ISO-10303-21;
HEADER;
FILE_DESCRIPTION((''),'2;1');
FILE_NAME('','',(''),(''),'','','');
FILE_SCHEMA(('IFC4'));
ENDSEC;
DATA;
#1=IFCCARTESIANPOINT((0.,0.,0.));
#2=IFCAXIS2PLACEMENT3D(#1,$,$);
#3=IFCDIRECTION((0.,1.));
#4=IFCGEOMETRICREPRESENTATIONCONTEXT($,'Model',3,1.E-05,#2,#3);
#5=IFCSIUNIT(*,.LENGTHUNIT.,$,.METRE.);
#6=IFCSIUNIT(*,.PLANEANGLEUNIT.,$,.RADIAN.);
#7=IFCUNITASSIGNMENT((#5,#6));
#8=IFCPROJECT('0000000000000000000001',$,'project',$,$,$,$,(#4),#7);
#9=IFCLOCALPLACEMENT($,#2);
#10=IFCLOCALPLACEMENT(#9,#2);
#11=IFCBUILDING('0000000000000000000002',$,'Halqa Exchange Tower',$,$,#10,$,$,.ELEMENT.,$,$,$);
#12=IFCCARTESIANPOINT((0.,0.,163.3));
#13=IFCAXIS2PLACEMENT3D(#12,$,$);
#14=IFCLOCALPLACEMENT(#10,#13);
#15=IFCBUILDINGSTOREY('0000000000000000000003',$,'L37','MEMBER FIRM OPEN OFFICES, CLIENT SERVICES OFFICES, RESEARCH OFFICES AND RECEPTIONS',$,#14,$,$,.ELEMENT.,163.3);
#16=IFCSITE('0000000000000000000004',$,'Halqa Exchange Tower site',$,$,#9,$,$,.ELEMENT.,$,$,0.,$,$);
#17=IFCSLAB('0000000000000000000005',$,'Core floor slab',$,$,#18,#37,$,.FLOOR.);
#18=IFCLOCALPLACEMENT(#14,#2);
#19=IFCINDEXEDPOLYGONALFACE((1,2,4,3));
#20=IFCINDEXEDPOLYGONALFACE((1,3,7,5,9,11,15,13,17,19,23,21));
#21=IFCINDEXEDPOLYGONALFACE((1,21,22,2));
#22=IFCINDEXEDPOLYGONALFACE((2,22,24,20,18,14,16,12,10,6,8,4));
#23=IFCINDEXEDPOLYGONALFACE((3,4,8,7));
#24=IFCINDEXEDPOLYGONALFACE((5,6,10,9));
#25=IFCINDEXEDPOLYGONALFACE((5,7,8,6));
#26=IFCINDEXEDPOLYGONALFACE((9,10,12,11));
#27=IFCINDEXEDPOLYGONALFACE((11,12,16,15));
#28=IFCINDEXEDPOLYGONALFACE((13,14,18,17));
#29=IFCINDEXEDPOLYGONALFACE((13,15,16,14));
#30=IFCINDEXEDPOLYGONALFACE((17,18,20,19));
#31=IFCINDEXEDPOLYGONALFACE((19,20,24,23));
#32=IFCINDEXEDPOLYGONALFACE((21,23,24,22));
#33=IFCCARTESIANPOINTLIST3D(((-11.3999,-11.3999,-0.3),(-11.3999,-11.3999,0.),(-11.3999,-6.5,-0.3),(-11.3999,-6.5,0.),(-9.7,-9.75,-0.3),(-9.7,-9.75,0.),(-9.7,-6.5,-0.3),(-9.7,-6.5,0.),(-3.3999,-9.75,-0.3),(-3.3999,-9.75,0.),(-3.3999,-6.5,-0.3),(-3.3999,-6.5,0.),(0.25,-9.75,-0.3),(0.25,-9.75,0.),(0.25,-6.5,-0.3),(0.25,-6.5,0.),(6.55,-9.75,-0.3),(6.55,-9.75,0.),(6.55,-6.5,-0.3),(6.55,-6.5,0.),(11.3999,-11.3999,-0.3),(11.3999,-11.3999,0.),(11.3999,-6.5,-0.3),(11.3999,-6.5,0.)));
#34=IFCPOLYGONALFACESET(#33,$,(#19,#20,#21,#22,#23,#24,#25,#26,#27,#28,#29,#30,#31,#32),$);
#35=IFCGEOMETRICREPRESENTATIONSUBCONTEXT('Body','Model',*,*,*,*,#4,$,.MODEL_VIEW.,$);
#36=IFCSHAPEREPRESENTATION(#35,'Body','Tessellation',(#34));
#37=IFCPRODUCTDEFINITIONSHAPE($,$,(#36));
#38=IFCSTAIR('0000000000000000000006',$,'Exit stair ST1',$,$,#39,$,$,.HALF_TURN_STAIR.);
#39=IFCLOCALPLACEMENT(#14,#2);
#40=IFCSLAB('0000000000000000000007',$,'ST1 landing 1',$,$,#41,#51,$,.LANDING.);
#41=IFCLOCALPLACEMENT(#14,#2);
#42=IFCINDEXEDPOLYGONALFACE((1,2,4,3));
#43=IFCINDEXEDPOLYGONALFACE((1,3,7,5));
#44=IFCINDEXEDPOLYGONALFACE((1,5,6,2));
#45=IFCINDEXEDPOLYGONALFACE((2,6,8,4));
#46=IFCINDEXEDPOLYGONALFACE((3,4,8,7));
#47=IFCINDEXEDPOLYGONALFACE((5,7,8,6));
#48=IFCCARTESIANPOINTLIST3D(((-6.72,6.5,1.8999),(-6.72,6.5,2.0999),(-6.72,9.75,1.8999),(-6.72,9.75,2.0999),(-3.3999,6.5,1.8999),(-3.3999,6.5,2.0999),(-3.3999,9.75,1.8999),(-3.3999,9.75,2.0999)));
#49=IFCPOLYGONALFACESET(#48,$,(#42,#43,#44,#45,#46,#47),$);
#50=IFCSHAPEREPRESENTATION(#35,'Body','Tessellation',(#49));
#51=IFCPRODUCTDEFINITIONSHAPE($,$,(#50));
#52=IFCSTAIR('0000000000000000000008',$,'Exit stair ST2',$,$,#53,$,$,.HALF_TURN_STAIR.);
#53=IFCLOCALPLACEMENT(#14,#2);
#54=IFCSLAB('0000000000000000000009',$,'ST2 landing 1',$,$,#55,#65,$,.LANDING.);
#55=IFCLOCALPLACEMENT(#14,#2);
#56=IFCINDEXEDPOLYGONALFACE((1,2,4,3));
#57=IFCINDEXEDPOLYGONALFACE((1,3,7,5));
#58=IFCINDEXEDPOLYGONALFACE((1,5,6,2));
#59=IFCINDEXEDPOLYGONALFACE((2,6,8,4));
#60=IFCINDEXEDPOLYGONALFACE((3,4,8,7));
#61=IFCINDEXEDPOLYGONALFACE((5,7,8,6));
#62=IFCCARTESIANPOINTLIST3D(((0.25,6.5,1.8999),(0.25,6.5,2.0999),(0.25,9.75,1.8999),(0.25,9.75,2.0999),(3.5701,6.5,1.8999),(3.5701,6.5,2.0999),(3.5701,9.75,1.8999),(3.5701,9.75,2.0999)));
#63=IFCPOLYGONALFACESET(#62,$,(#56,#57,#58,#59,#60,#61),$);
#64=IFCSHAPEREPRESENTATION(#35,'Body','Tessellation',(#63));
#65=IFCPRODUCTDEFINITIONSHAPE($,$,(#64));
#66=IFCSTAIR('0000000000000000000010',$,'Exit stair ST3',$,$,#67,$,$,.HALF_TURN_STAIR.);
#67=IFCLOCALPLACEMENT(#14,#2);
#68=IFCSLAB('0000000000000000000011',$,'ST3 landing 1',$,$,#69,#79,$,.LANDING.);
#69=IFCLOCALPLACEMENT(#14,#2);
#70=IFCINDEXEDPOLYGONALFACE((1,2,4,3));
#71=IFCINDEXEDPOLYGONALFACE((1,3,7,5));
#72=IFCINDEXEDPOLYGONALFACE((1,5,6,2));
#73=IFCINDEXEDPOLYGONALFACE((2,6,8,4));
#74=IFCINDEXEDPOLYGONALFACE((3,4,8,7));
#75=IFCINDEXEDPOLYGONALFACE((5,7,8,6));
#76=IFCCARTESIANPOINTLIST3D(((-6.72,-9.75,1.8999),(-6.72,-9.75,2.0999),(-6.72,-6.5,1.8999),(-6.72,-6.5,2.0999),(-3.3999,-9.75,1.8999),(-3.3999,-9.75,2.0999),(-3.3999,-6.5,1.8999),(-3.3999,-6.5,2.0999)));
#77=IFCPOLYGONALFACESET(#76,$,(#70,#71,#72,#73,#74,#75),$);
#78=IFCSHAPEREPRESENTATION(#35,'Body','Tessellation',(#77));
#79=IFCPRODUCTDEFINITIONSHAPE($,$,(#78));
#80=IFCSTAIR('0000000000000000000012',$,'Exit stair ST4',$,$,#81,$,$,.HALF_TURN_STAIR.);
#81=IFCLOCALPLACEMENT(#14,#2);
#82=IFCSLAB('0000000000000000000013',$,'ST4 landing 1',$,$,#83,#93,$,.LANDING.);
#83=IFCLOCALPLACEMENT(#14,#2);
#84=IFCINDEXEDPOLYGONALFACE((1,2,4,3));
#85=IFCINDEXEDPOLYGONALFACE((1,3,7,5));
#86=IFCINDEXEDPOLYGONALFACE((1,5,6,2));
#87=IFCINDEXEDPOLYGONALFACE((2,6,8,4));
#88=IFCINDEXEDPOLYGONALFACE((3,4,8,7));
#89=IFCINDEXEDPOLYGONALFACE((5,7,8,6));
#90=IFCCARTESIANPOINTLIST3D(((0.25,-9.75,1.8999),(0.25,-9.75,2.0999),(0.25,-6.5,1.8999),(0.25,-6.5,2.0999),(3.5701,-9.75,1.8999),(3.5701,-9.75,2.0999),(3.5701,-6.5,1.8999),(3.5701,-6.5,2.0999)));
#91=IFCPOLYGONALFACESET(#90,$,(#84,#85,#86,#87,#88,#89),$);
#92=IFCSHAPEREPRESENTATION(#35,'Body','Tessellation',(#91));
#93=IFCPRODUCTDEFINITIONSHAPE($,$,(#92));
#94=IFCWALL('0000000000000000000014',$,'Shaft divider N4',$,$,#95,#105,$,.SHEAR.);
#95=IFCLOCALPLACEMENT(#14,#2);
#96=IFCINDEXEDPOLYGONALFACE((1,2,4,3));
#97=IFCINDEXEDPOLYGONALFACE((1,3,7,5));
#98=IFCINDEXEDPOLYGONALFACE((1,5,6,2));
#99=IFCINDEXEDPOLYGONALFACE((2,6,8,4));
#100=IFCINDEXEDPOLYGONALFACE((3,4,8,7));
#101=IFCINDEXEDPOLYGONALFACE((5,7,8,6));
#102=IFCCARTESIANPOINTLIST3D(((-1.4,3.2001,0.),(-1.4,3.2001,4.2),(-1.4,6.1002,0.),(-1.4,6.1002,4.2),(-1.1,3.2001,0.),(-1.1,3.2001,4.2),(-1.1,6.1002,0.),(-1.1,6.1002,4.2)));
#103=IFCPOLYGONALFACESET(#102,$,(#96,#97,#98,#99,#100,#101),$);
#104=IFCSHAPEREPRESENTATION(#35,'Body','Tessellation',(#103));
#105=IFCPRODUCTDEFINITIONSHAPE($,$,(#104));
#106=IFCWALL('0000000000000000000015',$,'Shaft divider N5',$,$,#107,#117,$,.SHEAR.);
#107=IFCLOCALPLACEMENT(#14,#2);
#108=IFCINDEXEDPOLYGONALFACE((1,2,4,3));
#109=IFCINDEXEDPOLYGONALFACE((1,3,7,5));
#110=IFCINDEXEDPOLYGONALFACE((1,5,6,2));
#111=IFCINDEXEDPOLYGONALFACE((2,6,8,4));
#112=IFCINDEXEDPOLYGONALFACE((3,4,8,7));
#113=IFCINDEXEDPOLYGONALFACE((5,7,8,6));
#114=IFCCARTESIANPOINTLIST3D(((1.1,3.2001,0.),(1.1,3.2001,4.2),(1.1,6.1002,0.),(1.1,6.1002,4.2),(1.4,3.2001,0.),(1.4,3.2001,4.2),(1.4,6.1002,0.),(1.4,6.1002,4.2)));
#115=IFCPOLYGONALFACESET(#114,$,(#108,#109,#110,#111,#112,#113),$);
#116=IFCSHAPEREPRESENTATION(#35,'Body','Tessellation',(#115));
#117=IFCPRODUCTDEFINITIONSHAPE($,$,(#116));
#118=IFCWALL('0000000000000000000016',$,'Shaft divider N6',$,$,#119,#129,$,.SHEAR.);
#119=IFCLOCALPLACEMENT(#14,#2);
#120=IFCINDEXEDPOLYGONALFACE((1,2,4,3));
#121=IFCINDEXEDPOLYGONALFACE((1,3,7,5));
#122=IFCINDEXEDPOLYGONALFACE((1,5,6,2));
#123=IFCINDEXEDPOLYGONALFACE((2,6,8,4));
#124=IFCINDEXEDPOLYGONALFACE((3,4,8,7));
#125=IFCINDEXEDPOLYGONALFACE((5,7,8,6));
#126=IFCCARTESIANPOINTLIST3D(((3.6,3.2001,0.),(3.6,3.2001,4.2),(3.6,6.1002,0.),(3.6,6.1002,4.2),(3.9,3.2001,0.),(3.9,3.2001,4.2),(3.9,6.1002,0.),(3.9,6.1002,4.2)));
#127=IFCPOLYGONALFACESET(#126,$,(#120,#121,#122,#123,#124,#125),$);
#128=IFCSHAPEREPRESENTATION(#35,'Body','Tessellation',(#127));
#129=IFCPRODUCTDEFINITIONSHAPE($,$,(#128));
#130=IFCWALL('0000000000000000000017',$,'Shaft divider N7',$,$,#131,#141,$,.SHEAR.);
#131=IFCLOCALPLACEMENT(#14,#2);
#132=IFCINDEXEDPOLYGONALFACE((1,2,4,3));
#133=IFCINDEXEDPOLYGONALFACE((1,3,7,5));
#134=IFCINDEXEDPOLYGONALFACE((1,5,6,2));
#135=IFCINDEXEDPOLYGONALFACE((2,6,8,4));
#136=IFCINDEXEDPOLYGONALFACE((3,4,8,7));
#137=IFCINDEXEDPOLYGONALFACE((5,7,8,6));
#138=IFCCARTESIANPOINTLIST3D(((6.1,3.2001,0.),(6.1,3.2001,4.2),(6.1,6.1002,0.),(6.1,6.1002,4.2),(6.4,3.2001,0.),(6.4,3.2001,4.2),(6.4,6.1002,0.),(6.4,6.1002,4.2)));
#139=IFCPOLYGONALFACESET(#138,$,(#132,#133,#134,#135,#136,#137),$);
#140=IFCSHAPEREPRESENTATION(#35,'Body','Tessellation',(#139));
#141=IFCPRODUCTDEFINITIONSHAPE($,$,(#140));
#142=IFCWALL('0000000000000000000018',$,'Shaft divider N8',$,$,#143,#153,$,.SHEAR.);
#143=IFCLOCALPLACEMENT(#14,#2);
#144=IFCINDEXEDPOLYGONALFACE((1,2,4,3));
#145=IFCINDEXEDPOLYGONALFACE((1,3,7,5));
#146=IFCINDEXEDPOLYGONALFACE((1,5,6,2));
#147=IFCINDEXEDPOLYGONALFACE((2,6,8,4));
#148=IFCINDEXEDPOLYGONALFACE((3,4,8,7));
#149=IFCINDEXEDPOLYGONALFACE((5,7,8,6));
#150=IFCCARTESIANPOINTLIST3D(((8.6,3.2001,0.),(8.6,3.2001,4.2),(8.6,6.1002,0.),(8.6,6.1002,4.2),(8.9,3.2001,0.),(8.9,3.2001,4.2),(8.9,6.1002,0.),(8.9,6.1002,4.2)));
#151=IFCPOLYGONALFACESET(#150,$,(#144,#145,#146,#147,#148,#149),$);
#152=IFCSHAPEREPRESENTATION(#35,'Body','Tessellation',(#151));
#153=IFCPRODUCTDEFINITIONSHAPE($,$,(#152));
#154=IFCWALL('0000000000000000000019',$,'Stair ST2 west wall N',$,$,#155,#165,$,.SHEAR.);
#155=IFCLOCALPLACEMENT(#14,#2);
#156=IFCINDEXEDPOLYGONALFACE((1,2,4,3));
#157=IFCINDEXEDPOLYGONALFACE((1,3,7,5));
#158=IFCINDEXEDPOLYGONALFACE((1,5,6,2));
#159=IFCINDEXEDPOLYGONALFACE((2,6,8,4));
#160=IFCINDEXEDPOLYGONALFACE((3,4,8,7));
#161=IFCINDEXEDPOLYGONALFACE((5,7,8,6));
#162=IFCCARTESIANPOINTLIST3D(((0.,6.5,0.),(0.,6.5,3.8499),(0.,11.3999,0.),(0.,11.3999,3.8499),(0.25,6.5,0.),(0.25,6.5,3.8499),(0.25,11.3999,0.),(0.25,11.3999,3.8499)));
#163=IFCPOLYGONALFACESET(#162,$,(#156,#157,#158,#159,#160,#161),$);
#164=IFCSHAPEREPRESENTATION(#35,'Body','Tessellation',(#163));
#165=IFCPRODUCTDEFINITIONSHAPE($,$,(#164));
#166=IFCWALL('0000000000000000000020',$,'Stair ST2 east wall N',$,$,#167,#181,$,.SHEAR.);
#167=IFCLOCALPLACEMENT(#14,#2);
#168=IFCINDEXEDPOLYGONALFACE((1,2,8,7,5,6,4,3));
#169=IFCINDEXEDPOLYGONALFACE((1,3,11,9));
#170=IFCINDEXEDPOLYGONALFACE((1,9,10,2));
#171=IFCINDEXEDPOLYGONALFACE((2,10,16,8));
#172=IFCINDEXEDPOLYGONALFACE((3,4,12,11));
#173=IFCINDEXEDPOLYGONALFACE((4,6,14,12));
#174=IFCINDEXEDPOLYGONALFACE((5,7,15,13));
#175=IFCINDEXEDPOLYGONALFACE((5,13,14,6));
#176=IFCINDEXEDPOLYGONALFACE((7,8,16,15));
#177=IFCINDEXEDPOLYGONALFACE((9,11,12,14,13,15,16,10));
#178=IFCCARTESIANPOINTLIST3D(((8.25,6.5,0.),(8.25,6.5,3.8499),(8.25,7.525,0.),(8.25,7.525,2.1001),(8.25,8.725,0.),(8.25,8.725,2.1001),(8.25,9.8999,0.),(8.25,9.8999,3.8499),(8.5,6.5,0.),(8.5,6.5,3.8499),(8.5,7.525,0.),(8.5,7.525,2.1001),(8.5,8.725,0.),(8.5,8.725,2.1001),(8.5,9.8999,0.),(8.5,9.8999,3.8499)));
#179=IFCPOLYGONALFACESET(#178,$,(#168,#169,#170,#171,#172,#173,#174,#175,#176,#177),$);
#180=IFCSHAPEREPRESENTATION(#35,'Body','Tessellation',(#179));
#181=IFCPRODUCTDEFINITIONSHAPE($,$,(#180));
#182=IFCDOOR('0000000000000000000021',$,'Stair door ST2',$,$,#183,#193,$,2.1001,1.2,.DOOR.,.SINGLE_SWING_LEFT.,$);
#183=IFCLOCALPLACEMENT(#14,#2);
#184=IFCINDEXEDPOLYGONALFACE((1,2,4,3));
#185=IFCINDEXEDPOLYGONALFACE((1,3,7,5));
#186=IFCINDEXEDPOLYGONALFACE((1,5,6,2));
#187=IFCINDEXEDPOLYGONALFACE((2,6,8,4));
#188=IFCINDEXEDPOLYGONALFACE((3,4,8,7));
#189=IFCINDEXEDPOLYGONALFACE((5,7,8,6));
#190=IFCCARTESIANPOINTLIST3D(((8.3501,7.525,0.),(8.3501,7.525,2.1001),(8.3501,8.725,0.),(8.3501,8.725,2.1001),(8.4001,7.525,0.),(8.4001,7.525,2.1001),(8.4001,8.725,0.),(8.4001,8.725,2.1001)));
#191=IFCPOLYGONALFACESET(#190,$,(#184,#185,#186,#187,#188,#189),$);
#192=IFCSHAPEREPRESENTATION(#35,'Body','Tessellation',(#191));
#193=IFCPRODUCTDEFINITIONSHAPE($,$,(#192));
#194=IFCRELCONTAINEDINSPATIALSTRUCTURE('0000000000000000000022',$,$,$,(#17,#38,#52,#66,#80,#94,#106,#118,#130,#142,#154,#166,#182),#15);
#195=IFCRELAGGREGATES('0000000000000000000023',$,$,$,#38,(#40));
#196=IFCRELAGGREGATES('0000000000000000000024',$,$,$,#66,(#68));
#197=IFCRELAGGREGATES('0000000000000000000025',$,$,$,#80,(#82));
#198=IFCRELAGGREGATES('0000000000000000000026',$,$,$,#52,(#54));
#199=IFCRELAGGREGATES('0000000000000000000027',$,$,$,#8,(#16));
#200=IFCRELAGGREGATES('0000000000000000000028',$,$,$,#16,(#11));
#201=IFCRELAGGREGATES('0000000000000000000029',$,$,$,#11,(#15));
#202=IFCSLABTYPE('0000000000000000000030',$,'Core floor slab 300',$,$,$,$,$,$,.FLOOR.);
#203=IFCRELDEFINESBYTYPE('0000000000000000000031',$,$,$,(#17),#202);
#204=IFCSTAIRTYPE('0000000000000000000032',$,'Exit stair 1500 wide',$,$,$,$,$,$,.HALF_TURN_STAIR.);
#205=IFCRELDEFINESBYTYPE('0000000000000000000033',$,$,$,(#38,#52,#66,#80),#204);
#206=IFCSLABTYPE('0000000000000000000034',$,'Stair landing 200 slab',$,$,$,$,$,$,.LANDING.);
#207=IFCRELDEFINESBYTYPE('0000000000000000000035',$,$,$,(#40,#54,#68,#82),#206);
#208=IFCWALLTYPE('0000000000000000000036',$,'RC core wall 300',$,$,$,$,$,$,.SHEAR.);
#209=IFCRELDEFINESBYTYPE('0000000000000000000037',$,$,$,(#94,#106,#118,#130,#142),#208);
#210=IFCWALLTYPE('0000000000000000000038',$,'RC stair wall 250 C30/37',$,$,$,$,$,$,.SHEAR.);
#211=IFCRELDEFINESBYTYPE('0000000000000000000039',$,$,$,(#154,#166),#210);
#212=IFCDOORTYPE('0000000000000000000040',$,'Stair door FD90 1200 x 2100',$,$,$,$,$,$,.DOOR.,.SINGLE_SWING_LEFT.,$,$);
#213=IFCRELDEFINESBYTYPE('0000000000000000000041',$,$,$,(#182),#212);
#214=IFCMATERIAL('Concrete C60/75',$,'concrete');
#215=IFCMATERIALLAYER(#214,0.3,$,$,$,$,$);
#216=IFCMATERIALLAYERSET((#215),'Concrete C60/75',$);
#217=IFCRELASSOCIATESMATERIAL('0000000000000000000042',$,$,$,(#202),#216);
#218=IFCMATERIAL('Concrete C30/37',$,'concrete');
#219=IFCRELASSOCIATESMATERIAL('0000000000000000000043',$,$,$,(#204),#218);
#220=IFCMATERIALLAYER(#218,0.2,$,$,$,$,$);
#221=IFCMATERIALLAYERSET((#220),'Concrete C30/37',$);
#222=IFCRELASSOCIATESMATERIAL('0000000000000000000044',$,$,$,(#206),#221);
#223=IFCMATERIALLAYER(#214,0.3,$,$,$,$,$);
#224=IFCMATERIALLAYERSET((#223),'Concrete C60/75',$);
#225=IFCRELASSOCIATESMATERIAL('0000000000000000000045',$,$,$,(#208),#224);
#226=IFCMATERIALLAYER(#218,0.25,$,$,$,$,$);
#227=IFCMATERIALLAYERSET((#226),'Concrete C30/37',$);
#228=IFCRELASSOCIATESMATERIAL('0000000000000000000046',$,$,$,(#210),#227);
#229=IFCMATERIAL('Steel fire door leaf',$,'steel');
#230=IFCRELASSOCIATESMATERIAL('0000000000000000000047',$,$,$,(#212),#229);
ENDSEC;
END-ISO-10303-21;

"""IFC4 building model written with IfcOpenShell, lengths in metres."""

from ifc_helpers import new_model, si_unit, direction, frame, frame_2d, origin, place, context, subcontext, project, spatial, polyline, rectangle, outline, extrude, material, layer, layer_set, type_object, element, fill, aggregate, save


model = new_model("IFC4")

# Units and contexts
model_context = context("Model", 3, precision=1e-05, world=origin(), true_north=direction((0.0, 1.0)))
body_context = subcontext(model_context, "Body", "Model", "MODEL_VIEW")
ifc_project = project(units=[si_unit("LENGTHUNIT", "METRE"), si_unit("PLANEANGLEUNIT", "RADIAN")], contexts=[model_context])

# Site, building, storey
site_placement = place(None, origin())
site = spatial("IfcSite", under=ifc_project, at=site_placement, Name="Halqa Exchange Tower site", CompositionType="ELEMENT", RefElevation=0.0)
building_placement = place(site_placement, origin())
building = spatial("IfcBuilding", under=site, at=building_placement, Name="Halqa Exchange Tower", CompositionType="ELEMENT")
storey_placement = place(building_placement, frame((0.0, 0.0, 163.3)))
storey = spatial("IfcBuildingStorey", under=building, at=storey_placement, Name="L37", Description="MEMBER FIRM OPEN OFFICES, CLIENT SERVICES OFFICES, RESEARCH OFFICES AND RECEPTIONS", CompositionType="ELEMENT", Elevation=163.3)

# Slab
ifc_material_1 = material(Name="Concrete C60/75", Category="concrete")
ifc_layer_1 = layer(ifc_material_1, 0.3)
ifc_layer_set_1 = layer_set([ifc_layer_1], Name="Concrete C60/75")
slab_type_1 = type_object("IfcSlabType", Name="Core floor slab 300", PredefinedType="FLOOR", material=ifc_layer_set_1)
slab_1_placement = place(storey_placement, frame((0.0, 0.0, -0.3)))
element("IfcSlab", 1, at=slab_1_placement, inside=storey, type_object=slab_type_1, Name="Core floor slab", PredefinedType="FLOOR", context=body_context, shape_type="SweptSolid", body=[
    extrude(outline(polyline([(-9.7, -9.75), (-3.3999, -9.75), (-3.3999, -6.5), (0.25, -6.5), (0.25, -9.75), (6.55, -9.75), (6.55, -6.5), (11.3999, -6.5), (11.3999, -11.3999), (-11.3999, -11.3999), (-11.3999, -6.5), (-9.7, -6.5), (-9.7, -9.75)])), origin(), (0.0, 0.0, 1.0), 0.3),
])

# Stairs, slabs
ifc_material_2 = material(Name="Concrete C30/37", Category="concrete")
stair_type = type_object("IfcStairType", Name="Exit stair 1500 wide", PredefinedType="HALF_TURN_STAIR", material=ifc_material_2)
stair_1_placement = place(storey_placement, origin())
stair_1 = element("IfcStair", 2, at=stair_1_placement, inside=storey, type_object=stair_type, Name="Exit stair ST1", PredefinedType="HALF_TURN_STAIR")
ifc_layer_2 = layer(ifc_material_2, 0.2)
ifc_layer_set_2 = layer_set([ifc_layer_2], Name="Concrete C30/37")
slab_type_2 = type_object("IfcSlabType", Name="Stair landing 200 slab", PredefinedType="LANDING", material=ifc_layer_set_2)
slab_2_placement = place(storey_placement, frame((0.0, 0.0, 1.8999)))
slab_2 = element("IfcSlab", 3, at=slab_2_placement, type_object=slab_type_2, Name="ST1 landing 1", PredefinedType="LANDING", context=body_context, shape_type="SweptSolid", body=[
    extrude(outline(polyline([(-6.72, 6.5), (-3.3999, 6.5), (-3.3999, 9.75), (-6.72, 9.75), (-6.72, 6.5)])), origin(), (0.0, 0.0, 1.0), 0.2),
])
aggregate(stair_1, [slab_2])
stair_2_placement = place(storey_placement, origin())
stair_2 = element("IfcStair", 4, at=stair_2_placement, inside=storey, type_object=stair_type, Name="Exit stair ST2", PredefinedType="HALF_TURN_STAIR")
slab_3_placement = place(storey_placement, frame((0.0, 0.0, 1.8999)))
slab_3 = element("IfcSlab", 5, at=slab_3_placement, type_object=slab_type_2, Name="ST2 landing 1", PredefinedType="LANDING", context=body_context, shape_type="SweptSolid", body=[
    extrude(outline(polyline([(0.25, 6.5), (3.5701, 6.5), (3.5701, 9.75), (0.25, 9.75), (0.25, 6.5)])), origin(), (0.0, 0.0, 1.0), 0.2),
])
stair_3_placement = place(storey_placement, origin())
stair_3 = element("IfcStair", 6, at=stair_3_placement, inside=storey, type_object=stair_type, Name="Exit stair ST3", PredefinedType="HALF_TURN_STAIR")
slab_4_placement = place(storey_placement, frame((0.0, 0.0, 1.8999)))
slab_4 = element("IfcSlab", 7, at=slab_4_placement, type_object=slab_type_2, Name="ST3 landing 1", PredefinedType="LANDING", context=body_context, shape_type="SweptSolid", body=[
    extrude(outline(polyline([(-6.72, -9.75), (-3.3999, -9.75), (-3.3999, -6.5), (-6.72, -6.5), (-6.72, -9.75)])), origin(), (0.0, 0.0, 1.0), 0.2),
])
aggregate(stair_3, [slab_4])
stair_4_placement = place(storey_placement, origin())
stair_4 = element("IfcStair", 8, at=stair_4_placement, inside=storey, type_object=stair_type, Name="Exit stair ST4", PredefinedType="HALF_TURN_STAIR")
slab_5_placement = place(storey_placement, frame((0.0, 0.0, 1.8999)))
slab_5 = element("IfcSlab", 9, at=slab_5_placement, type_object=slab_type_2, Name="ST4 landing 1", PredefinedType="LANDING", context=body_context, shape_type="SweptSolid", body=[
    extrude(outline(polyline([(0.25, -9.75), (3.5701, -9.75), (3.5701, -6.5), (0.25, -6.5), (0.25, -9.75)])), origin(), (0.0, 0.0, 1.0), 0.2),
])
aggregate(stair_4, [slab_5])

# Walls
ifc_layer_3 = layer(ifc_material_1, 0.3)
ifc_layer_set_3 = layer_set([ifc_layer_3], Name="Concrete C60/75")
wall_type_1 = type_object("IfcWallType", Name="RC core wall 300", PredefinedType="SHEAR", material=ifc_layer_set_3)
for number, where, z_axis, x_axis, name in (
    (10, (-1.25, 3.2, 0.0), (0.0, 0.0, 1.0), (0.0, 1.0, 0.0), "Shaft divider N4"),
    (11, (1.25, 3.2, 0.0), (0.0, 0.0, 1.0), (0.0, 1.0, 0.0), "Shaft divider N5"),
    (12, (3.75, 3.2, 0.0), (0.0, 0.0, 1.0), (0.0, 1.0, 0.0), "Shaft divider N6"),
    (13, (6.25, 3.2, 0.0), (0.0, 0.0, 1.0), (0.0, 1.0, 0.0), "Shaft divider N7"),
    (14, (8.75, 3.2, 0.0), (0.0, 0.0, 1.0), (0.0, 1.0, 0.0), "Shaft divider N8"),
):
    element("IfcWall", number, at=place(storey_placement, frame(where, z_axis=z_axis, x_axis=x_axis)), inside=storey, type_object=wall_type_1, Name=name, PredefinedType="SHEAR", context=body_context, shape_type="SweptSolid", body=[
        extrude(rectangle(XDim=2.9001, YDim=0.3, at=frame_2d((1.4502, 0.0))), origin(), (0.0, 0.0, 1.0), 4.2),
    ])
ifc_layer_4 = layer(ifc_material_2, 0.25)
ifc_layer_set_4 = layer_set([ifc_layer_4], Name="Concrete C30/37")
wall_type_2 = type_object("IfcWallType", Name="RC stair wall 250 C30/37", PredefinedType="SHEAR", material=ifc_layer_set_4)
wall_1_placement = place(storey_placement, frame((0.125, 6.5, 0.0), z_axis=(0.0, 0.0, 1.0), x_axis=(0.0, 1.0, 0.0)))
element("IfcWall", 15, at=wall_1_placement, inside=storey, type_object=wall_type_2, Name="Stair ST2 west wall N", PredefinedType="SHEAR", context=body_context, shape_type="SweptSolid", body=[
    extrude(rectangle(XDim=4.8999, YDim=0.25, at=frame_2d((2.45, 0.0))), origin(), (0.0, 0.0, 1.0), 3.8499),
])

# Wall, opening, door
wall_2_placement = place(storey_placement, frame((8.375, 6.5, 0.0), z_axis=(0.0, 0.0, 1.0), x_axis=(0.0, 1.0, 0.0)))
wall_2 = element("IfcWall", 16, at=wall_2_placement, inside=storey, type_object=wall_type_2, Name="Stair ST2 east wall N", PredefinedType="SHEAR", context=body_context, shape_type="SweptSolid", body=[
    extrude(rectangle(XDim=3.3999, YDim=0.25, at=frame_2d((1.7, 0.0))), origin(), (0.0, 0.0, 1.0), 3.8499),
])
opening_placement = place(wall_2_placement, frame((1.0249, 0.0, 0.0)))
opening = element("IfcOpeningElement", 17, at=opening_placement, cuts=wall_2, PredefinedType="OPENING", context=body_context, shape_type="SweptSolid", body=[
    extrude(rectangle(XDim=1.2, YDim=2.1001, at=frame_2d((0.6001, 1.05))), frame((0.0, 0.137, 0.0), z_axis=(0.0, -1.0, 0.0), x_axis=(1.0, 0.0, 0.0)), (0.0, 0.0, 1.0), 0.2739),
])
ifc_material_3 = material(Name="Steel fire door leaf", Category="steel")
door_type = type_object("IfcDoorType", Name="Stair door FD90 1200 x 2100", OperationType="SINGLE_SWING_LEFT", PredefinedType="DOOR", material=ifc_material_3)
door_placement = place(opening_placement, origin())
door = element("IfcDoor", 18, at=door_placement, inside=storey, type_object=door_type, Name="Stair door ST2", OperationType="SINGLE_SWING_LEFT", OverallHeight=2.1001, OverallWidth=1.2, PredefinedType="DOOR", context=body_context, shape_type="SweptSolid", body=[
    extrude(rectangle(XDim=1.2, YDim=2.1001, at=frame_2d((0.6001, 1.05))), frame((0.0, 0.0249, 0.0), z_axis=(0.0, -1.0, 0.0), x_axis=(1.0, 0.0, 0.0)), (0.0, 0.0, 1.0), 0.05),
])
fill(opening, door)

aggregate(stair_2, [slab_3])

save(model, "model.ifc")
